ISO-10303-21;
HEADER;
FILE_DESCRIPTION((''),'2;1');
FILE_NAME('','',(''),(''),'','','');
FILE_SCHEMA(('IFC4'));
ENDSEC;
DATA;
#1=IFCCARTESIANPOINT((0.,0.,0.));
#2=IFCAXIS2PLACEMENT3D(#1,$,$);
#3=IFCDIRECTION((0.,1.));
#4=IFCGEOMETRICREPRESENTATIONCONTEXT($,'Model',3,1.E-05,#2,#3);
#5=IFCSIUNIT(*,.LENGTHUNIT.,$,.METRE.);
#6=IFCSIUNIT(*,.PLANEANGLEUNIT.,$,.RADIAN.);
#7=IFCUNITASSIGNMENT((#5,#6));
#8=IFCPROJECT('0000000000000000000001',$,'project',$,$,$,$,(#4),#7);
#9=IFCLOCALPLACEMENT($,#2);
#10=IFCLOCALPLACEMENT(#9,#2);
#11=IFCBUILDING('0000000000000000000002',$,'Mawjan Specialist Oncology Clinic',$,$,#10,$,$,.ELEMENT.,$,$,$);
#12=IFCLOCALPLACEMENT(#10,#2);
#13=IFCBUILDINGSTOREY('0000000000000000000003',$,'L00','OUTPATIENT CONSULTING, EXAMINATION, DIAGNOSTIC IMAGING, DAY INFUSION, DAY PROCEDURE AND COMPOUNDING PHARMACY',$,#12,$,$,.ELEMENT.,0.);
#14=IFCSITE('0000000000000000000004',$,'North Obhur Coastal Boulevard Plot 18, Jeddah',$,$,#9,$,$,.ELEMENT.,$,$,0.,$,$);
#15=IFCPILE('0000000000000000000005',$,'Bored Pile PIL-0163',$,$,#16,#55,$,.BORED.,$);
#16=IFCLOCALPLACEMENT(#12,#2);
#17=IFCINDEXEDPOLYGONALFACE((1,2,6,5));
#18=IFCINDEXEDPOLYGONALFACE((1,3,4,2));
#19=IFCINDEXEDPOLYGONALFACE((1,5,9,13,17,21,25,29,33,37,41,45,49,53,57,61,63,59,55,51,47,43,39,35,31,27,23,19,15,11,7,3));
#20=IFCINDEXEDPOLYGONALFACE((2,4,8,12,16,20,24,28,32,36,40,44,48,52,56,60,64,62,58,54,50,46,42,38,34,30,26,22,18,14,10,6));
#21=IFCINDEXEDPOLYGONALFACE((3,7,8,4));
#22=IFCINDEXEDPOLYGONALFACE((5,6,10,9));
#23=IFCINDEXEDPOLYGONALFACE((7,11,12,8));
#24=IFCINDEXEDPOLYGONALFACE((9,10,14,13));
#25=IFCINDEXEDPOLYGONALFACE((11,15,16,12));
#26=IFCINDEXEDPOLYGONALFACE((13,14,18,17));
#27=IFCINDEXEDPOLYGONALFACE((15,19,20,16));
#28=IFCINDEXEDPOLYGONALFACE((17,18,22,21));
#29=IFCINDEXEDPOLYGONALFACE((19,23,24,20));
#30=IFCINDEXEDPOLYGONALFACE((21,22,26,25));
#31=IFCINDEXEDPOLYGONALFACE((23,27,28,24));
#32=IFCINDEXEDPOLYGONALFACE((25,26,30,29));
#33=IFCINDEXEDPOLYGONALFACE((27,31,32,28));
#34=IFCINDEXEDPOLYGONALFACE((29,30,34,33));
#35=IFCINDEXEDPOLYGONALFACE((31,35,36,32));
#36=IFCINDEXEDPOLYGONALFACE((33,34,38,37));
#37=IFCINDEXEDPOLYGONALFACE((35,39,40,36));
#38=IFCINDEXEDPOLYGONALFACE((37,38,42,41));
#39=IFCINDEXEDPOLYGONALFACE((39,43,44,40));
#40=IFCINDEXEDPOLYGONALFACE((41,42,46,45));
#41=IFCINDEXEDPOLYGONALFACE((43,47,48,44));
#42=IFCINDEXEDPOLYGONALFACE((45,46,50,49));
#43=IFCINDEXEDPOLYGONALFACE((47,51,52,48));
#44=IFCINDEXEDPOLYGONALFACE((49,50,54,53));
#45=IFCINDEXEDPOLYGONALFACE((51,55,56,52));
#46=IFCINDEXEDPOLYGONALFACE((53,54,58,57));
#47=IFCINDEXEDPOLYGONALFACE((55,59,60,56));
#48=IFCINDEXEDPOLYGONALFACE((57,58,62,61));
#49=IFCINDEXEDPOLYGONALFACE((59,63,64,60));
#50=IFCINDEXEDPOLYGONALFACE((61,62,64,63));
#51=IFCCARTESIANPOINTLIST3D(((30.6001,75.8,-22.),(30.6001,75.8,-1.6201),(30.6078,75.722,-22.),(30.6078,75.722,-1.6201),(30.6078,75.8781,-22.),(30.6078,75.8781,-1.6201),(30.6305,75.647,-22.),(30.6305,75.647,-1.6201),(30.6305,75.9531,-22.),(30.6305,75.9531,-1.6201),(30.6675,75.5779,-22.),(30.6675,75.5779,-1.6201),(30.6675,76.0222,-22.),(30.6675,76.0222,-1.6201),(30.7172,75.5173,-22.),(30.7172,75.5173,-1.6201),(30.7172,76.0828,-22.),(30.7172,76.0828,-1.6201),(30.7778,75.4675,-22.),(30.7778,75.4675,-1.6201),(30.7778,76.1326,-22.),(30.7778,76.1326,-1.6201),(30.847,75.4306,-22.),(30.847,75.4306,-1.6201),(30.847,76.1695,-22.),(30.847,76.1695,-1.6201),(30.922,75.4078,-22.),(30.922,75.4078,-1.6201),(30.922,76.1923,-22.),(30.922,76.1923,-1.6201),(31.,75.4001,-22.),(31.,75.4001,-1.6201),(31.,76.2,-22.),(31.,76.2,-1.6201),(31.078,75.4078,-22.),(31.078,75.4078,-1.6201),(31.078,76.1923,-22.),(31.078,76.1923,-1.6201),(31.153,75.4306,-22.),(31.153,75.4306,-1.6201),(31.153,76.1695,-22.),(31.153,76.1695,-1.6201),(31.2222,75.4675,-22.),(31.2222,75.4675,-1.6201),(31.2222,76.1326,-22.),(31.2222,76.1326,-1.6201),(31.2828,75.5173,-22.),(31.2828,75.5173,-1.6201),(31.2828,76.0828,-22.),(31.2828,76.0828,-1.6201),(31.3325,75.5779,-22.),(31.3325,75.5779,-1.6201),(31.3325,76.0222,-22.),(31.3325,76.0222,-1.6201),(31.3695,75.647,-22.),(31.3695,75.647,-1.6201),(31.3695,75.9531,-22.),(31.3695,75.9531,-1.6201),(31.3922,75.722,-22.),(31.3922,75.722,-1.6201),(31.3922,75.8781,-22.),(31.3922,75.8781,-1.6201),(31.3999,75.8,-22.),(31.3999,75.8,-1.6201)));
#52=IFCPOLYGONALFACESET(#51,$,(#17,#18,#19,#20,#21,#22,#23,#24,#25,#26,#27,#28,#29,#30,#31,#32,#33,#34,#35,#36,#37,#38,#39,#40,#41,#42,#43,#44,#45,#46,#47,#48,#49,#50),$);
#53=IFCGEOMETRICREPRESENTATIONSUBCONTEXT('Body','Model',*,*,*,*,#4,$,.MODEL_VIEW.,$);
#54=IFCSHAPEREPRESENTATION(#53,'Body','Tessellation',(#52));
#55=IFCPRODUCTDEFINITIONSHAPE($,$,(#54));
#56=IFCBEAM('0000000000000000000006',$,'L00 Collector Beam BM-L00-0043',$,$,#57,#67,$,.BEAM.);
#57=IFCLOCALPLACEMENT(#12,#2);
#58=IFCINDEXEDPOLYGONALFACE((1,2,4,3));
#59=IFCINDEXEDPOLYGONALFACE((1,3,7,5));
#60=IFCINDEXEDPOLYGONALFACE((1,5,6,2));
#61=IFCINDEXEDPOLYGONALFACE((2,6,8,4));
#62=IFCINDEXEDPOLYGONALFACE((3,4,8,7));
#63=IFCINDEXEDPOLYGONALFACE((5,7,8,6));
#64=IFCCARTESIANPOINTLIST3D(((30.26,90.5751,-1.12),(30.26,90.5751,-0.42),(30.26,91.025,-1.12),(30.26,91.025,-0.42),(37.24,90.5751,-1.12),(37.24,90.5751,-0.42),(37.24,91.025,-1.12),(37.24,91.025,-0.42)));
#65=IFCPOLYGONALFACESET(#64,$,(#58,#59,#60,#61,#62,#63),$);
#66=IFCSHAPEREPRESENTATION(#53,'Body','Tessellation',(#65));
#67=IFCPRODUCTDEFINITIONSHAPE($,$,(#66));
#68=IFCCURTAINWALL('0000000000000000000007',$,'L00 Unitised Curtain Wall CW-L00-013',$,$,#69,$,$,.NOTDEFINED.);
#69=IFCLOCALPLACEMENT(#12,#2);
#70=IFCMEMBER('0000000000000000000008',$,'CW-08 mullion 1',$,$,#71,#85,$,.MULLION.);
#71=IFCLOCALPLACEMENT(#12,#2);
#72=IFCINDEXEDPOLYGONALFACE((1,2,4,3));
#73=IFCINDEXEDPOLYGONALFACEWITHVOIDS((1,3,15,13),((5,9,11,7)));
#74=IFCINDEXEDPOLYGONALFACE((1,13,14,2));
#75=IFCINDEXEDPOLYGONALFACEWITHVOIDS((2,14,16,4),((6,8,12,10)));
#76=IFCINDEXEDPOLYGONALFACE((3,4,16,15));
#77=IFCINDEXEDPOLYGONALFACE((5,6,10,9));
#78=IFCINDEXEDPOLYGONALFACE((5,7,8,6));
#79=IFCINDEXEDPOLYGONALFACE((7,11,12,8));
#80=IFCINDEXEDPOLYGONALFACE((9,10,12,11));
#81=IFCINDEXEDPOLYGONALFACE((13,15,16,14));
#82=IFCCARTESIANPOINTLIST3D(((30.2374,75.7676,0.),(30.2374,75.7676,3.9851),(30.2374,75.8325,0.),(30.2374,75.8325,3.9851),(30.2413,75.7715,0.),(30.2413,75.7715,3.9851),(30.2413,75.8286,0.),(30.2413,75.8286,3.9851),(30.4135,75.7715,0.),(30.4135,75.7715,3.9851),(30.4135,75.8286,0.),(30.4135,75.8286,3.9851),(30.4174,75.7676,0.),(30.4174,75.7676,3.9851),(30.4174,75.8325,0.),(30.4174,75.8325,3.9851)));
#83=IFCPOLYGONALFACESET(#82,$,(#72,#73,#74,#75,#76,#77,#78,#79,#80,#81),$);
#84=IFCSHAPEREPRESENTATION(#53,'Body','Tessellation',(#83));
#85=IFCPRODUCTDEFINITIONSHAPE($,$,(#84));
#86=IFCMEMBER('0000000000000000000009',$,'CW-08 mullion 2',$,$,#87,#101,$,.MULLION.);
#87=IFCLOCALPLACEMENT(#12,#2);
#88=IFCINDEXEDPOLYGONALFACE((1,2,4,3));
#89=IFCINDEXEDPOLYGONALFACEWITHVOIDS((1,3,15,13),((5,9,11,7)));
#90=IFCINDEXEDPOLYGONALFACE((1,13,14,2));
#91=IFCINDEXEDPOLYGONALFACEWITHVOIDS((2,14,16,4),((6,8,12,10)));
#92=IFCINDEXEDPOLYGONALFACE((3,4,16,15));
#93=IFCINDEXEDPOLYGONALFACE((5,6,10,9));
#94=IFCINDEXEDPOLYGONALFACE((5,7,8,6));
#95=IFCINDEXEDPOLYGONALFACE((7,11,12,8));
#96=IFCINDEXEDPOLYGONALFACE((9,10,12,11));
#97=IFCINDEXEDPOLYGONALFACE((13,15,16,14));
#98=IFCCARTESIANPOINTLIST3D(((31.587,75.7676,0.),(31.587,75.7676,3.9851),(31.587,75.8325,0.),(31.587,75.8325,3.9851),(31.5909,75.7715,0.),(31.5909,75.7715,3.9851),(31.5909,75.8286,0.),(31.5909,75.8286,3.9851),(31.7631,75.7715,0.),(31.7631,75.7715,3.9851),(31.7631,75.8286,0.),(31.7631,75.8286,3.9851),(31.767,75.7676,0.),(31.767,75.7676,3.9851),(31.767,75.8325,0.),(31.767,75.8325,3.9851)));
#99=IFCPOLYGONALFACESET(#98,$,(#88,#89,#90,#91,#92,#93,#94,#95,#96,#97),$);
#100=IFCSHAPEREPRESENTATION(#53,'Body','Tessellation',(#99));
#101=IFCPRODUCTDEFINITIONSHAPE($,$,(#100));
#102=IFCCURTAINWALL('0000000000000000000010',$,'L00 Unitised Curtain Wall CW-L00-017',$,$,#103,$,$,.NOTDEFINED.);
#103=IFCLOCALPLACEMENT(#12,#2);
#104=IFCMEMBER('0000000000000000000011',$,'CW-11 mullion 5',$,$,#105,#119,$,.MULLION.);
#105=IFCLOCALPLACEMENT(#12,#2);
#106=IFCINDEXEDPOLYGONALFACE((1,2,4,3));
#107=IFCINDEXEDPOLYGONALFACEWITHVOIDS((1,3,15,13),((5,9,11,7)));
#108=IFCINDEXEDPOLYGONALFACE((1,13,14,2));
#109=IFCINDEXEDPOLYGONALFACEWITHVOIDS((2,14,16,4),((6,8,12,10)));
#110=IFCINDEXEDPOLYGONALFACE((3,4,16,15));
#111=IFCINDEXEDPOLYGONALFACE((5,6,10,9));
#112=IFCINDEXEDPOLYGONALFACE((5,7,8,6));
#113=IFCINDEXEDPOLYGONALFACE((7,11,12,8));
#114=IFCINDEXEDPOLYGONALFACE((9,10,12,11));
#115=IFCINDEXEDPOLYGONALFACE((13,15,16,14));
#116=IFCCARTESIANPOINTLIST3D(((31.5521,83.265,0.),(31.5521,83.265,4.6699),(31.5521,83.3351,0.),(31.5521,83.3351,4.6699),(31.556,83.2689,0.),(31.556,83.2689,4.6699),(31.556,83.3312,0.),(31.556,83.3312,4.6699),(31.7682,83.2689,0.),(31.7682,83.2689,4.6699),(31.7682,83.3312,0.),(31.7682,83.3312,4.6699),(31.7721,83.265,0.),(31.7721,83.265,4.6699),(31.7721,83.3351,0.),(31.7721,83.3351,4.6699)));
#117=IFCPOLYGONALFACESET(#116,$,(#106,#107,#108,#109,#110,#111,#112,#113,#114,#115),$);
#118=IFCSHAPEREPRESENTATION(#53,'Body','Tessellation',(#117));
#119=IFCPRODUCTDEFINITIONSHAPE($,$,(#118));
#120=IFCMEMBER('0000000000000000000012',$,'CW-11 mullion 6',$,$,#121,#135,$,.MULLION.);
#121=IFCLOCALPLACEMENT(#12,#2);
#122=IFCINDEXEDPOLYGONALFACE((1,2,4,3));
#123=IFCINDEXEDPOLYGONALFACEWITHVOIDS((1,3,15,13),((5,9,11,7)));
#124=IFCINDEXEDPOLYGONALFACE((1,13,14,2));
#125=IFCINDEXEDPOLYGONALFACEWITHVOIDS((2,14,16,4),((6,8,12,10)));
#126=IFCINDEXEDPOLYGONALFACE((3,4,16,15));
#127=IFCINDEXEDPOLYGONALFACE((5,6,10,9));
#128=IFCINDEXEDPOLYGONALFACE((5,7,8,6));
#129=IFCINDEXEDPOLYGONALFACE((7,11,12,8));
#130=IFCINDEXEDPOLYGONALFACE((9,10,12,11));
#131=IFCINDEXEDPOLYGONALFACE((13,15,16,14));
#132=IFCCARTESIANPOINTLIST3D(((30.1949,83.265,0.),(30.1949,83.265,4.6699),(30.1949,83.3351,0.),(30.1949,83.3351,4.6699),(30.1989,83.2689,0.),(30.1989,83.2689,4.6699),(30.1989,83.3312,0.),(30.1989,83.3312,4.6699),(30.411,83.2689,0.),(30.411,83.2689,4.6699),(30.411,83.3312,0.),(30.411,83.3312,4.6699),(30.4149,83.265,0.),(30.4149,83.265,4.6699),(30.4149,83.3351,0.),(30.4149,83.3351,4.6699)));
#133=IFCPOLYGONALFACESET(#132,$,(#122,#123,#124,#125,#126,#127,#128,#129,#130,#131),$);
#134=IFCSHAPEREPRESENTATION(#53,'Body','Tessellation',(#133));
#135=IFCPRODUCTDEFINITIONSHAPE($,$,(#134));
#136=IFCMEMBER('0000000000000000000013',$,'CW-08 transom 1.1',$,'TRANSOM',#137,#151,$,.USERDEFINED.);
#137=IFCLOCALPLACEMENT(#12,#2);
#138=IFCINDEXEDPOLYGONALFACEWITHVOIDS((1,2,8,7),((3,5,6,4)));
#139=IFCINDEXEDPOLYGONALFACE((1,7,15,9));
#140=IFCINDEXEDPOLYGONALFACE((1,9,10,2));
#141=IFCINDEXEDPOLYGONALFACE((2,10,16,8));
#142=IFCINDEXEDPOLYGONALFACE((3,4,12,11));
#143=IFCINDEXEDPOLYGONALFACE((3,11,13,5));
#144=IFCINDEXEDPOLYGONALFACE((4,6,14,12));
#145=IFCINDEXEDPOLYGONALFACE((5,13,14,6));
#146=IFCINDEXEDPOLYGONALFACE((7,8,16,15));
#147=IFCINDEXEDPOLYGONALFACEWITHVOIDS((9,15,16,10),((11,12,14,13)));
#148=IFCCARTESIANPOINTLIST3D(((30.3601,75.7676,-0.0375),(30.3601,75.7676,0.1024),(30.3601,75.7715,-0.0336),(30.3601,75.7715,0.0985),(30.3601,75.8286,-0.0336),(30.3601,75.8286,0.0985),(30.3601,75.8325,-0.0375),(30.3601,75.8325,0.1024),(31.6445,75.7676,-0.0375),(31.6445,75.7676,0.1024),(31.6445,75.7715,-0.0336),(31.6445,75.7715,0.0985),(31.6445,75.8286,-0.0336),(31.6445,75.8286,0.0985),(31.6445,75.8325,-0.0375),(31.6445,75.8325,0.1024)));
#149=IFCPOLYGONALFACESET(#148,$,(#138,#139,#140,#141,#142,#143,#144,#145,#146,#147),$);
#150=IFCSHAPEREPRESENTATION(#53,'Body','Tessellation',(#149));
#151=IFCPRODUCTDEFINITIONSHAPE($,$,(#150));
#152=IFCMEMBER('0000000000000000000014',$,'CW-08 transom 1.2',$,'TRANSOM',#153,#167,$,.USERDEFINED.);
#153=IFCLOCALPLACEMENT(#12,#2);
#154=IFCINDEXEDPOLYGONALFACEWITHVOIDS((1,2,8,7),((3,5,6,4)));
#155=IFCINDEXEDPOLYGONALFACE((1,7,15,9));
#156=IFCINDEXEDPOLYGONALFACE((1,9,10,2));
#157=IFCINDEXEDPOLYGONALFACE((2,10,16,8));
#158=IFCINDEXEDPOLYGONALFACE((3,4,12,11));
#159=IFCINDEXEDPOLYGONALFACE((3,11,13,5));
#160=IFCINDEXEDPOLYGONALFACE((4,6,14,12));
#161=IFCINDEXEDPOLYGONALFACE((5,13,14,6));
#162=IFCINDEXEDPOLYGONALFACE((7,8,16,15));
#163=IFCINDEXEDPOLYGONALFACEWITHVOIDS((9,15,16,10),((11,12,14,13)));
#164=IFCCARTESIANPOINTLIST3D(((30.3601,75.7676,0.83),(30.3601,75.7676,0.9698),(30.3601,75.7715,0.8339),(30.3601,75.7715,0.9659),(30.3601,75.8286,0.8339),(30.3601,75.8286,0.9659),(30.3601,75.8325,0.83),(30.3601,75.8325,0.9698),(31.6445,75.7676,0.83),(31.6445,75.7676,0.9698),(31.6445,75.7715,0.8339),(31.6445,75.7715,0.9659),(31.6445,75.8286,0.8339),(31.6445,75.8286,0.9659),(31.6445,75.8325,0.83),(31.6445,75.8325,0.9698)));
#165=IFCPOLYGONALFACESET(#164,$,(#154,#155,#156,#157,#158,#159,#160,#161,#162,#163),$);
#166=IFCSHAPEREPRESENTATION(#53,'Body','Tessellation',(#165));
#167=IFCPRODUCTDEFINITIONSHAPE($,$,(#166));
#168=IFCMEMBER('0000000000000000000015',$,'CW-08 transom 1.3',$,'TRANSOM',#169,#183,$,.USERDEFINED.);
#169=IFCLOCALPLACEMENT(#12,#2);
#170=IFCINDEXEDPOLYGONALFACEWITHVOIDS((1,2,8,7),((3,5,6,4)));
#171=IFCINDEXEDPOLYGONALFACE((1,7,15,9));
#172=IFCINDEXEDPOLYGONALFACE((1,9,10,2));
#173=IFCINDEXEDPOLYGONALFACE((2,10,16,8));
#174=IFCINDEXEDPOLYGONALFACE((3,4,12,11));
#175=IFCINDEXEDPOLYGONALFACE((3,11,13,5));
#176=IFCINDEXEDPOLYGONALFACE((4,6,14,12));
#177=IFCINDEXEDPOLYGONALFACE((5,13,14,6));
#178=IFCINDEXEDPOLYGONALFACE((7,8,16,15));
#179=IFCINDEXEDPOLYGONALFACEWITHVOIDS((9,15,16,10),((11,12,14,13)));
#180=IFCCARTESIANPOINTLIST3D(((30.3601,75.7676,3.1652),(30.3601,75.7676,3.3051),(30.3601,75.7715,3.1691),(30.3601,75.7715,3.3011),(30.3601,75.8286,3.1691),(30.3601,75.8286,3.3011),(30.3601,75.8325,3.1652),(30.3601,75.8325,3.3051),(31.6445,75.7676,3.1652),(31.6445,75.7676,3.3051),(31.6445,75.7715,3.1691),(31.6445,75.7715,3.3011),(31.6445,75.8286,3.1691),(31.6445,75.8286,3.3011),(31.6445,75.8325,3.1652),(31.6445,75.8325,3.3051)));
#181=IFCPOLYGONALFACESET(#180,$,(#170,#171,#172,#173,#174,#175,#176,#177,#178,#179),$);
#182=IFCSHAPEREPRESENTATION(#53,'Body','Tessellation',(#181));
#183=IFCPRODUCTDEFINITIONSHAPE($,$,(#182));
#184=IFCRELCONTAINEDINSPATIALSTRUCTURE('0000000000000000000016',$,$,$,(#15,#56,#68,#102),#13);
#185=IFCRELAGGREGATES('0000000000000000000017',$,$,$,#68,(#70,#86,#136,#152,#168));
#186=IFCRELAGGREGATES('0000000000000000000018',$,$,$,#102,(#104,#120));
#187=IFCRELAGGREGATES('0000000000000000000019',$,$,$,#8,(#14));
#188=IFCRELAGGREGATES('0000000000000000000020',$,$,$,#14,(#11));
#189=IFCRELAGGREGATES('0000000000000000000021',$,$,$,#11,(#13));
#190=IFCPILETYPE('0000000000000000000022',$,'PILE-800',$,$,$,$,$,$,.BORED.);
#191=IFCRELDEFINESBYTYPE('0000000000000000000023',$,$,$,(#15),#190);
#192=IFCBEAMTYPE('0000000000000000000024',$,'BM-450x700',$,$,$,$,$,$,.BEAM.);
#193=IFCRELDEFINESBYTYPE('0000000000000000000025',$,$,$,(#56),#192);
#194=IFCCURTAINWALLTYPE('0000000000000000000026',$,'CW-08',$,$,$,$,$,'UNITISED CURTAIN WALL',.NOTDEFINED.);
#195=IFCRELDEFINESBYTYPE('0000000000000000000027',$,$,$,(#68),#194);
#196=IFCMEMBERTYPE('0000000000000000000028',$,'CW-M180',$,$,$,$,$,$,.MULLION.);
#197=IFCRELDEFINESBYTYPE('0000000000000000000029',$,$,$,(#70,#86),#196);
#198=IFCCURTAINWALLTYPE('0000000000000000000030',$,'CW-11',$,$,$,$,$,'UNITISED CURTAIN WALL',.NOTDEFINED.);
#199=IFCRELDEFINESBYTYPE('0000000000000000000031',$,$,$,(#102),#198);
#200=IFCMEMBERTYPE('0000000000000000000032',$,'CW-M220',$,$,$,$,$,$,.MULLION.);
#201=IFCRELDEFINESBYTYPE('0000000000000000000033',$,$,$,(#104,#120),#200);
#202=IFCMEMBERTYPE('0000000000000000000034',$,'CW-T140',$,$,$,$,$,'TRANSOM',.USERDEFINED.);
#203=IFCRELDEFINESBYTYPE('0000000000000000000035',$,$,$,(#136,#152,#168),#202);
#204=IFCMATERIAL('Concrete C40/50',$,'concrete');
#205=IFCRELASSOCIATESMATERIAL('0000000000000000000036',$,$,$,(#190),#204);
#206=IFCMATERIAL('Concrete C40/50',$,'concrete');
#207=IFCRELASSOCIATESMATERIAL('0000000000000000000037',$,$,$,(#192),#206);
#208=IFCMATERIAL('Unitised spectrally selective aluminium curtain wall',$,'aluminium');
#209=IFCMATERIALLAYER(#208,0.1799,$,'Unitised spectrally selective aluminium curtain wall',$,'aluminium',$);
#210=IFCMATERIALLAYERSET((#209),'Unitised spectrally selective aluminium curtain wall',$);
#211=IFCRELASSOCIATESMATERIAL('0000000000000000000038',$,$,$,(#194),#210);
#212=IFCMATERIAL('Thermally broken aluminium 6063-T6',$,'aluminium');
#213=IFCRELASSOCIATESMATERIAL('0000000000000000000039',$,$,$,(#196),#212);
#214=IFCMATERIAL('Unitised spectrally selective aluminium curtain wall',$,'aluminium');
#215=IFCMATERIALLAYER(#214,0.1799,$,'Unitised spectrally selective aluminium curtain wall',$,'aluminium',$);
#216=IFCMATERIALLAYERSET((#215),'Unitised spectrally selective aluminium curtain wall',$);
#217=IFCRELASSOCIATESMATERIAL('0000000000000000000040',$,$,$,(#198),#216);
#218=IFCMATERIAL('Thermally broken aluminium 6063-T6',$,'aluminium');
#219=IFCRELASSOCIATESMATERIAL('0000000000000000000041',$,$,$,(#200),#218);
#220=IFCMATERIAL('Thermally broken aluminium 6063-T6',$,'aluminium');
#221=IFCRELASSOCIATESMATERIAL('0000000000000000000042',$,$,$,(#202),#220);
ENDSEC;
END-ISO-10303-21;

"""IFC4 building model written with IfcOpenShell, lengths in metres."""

from ifc_helpers import new_model, si_unit, direction, frame, origin, origin_2d, place, context, subcontext, project, spatial, rectangle, hollow_rectangle, circle, extrude, material, layer, layer_set, material_profile, profile_set, type_object, element, aggregate, save


model = new_model("IFC4")

# Units and contexts
model_context = context("Model", 3, precision=1e-05, world=origin(), true_north=direction((0.0, 1.0)))
body_context = subcontext(model_context, "Body", "Model", "MODEL_VIEW")
ifc_project = project(units=[si_unit("LENGTHUNIT", "METRE"), si_unit("PLANEANGLEUNIT", "RADIAN")], contexts=[model_context])

# Site, building, storey
site_placement = place(None, origin())
site = spatial("IfcSite", under=ifc_project, at=site_placement, Name="North Obhur Coastal Boulevard Plot 18, Jeddah", CompositionType="ELEMENT", RefElevation=0.0)
building_placement = place(site_placement, origin())
building = spatial("IfcBuilding", under=site, at=building_placement, Name="Mawjan Specialist Oncology Clinic", CompositionType="ELEMENT")
storey_placement = place(building_placement, origin())
storey = spatial("IfcBuildingStorey", under=building, at=storey_placement, Name="L00", Description="OUTPATIENT CONSULTING, EXAMINATION, DIAGNOSTIC IMAGING, DAY INFUSION, DAY PROCEDURE AND COMPOUNDING PHARMACY", CompositionType="ELEMENT", Elevation=0.0)

# Pile
ifc_material_1 = material(Name="Concrete C40/50", Category="concrete")
ifc_material_profile_1 = material_profile(ifc_material_1, circle(Radius=0.3999, at=origin_2d()), Name="BORED PILE D800", Category="concrete")
ifc_profile_set_1 = profile_set([ifc_material_profile_1], Name="Concrete C40/50")
pile_type = type_object("IfcPileType", Name="PILE-800", PredefinedType="BORED", material=ifc_profile_set_1)
pile_placement = place(storey_placement, frame((31.0, 75.8, -1.6201), z_axis=(0.0, 0.0, -1.0), x_axis=(1.0, 0.0, 0.0)))
element("IfcPile", 1, at=pile_placement, inside=storey, type_object=pile_type, Name="Bored Pile PIL-0163", PredefinedType="BORED", context=body_context, shape_type="SweptSolid", body=[
    extrude(circle(Radius=0.3999, at=origin_2d()), origin(), (0.0, 0.0, 1.0), 20.3799),
])

# Beam
ifc_material_2 = material(Name="Concrete C40/50", Category="concrete")
ifc_material_profile_2 = material_profile(ifc_material_2, rectangle(XDim=0.45, YDim=0.7, at=origin_2d()), Name="RC BM 450x700", Category="concrete")
ifc_profile_set_2 = profile_set([ifc_material_profile_2], Name="Concrete C40/50")
beam_type = type_object("IfcBeamType", Name="BM-450x700", PredefinedType="BEAM", material=ifc_profile_set_2)
beam_placement = place(storey_placement, frame((30.26, 90.8, -0.77), z_axis=(1.0, 0.0, 0.0), x_axis=(0.0, 1.0, 0.0)))
element("IfcBeam", 2, at=beam_placement, inside=storey, type_object=beam_type, Name="L00 Collector Beam BM-L00-0043", PredefinedType="BEAM", context=body_context, shape_type="SweptSolid", body=[
    extrude(rectangle(XDim=0.45, YDim=0.7, at=origin_2d()), origin(), (0.0, 0.0, 1.0), 6.98),
])

# Curtain walls, members
ifc_material_3 = material(Name="Unitised spectrally selective aluminium curtain wall", Category="aluminium")
ifc_layer_1 = layer(ifc_material_3, 0.1799, Name="Unitised spectrally selective aluminium curtain wall", Category="aluminium")
ifc_layer_set_1 = layer_set([ifc_layer_1], Name="Unitised spectrally selective aluminium curtain wall")
curtain_wall_type_1 = type_object("IfcCurtainWallType", Name="CW-08", ElementType="UNITISED CURTAIN WALL", PredefinedType="NOTDEFINED", material=ifc_layer_set_1)
curtain_wall_1_placement = place(storey_placement, origin())
curtain_wall_1 = element("IfcCurtainWall", 3, at=curtain_wall_1_placement, inside=storey, type_object=curtain_wall_type_1, Name="L00 Unitised Curtain Wall CW-L00-013", PredefinedType="NOTDEFINED")
ifc_material_4 = material(Name="Thermally broken aluminium 6063-T6", Category="aluminium")
ifc_material_profile_3 = material_profile(ifc_material_4, hollow_rectangle(XDim=0.0649, YDim=0.1799, WallThickness=0.0039, at=origin_2d()), Name="ALU MULLION 180x65x4", Category="aluminium")
ifc_profile_set_3 = profile_set([ifc_material_profile_3], Name="Thermally broken aluminium 6063-T6")
member_type_1 = type_object("IfcMemberType", Name="CW-M180", PredefinedType="MULLION", material=ifc_profile_set_3)
member_1_placement = place(storey_placement, frame((30.3274, 75.8, 0.0), z_axis=(0.0, 0.0, 1.0), x_axis=(0.0, 1.0, 0.0)))
member_1 = element("IfcMember", 4, at=member_1_placement, type_object=member_type_1, Name="CW-08 mullion 1", PredefinedType="MULLION", context=body_context, shape_type="SweptSolid", body=[
    extrude(hollow_rectangle(XDim=0.0649, YDim=0.1799, WallThickness=0.0039, at=origin_2d()), origin(), (0.0, 0.0, 1.0), 3.9851),
])
member_2_placement = place(storey_placement, frame((31.677, 75.8, 0.0), z_axis=(0.0, 0.0, 1.0), x_axis=(0.0, 1.0, 0.0)))
member_2 = element("IfcMember", 5, at=member_2_placement, type_object=member_type_1, Name="CW-08 mullion 2", PredefinedType="MULLION", context=body_context, shape_type="SweptSolid", body=[
    extrude(hollow_rectangle(XDim=0.0649, YDim=0.1799, WallThickness=0.0039, at=origin_2d()), origin(), (0.0, 0.0, 1.0), 3.9851),
])
ifc_material_5 = material(Name="Unitised spectrally selective aluminium curtain wall", Category="aluminium")
ifc_layer_2 = layer(ifc_material_5, 0.1799, Name="Unitised spectrally selective aluminium curtain wall", Category="aluminium")
ifc_layer_set_2 = layer_set([ifc_layer_2], Name="Unitised spectrally selective aluminium curtain wall")
curtain_wall_type_2 = type_object("IfcCurtainWallType", Name="CW-11", ElementType="UNITISED CURTAIN WALL", PredefinedType="NOTDEFINED", material=ifc_layer_set_2)
curtain_wall_2_placement = place(storey_placement, origin())
curtain_wall_2 = element("IfcCurtainWall", 6, at=curtain_wall_2_placement, inside=storey, type_object=curtain_wall_type_2, Name="L00 Unitised Curtain Wall CW-L00-017", PredefinedType="NOTDEFINED")
ifc_material_6 = material(Name="Thermally broken aluminium 6063-T6", Category="aluminium")
ifc_material_profile_4 = material_profile(ifc_material_6, hollow_rectangle(XDim=0.0701, YDim=0.22, WallThickness=0.0039, at=origin_2d()), Name="ALU MULLION 220x70x4", Category="aluminium")
ifc_profile_set_4 = profile_set([ifc_material_profile_4], Name="Thermally broken aluminium 6063-T6")
member_type_2 = type_object("IfcMemberType", Name="CW-M220", PredefinedType="MULLION", material=ifc_profile_set_4)
member_3_placement = place(storey_placement, frame((31.6621, 83.3, 0.0), z_axis=(0.0, 0.0, 1.0), x_axis=(0.0, -1.0, 0.0)))
member_3 = element("IfcMember", 7, at=member_3_placement, type_object=member_type_2, Name="CW-11 mullion 5", PredefinedType="MULLION", context=body_context, shape_type="SweptSolid", body=[
    extrude(hollow_rectangle(XDim=0.0701, YDim=0.22, WallThickness=0.0039, at=origin_2d()), origin(), (0.0, 0.0, 1.0), 4.6699),
])
member_4_placement = place(storey_placement, frame((30.3049, 83.3, 0.0), z_axis=(0.0, 0.0, 1.0), x_axis=(0.0, -1.0, 0.0)))
member_4 = element("IfcMember", 8, at=member_4_placement, type_object=member_type_2, Name="CW-11 mullion 6", PredefinedType="MULLION", context=body_context, shape_type="SweptSolid", body=[
    extrude(hollow_rectangle(XDim=0.0701, YDim=0.22, WallThickness=0.0039, at=origin_2d()), origin(), (0.0, 0.0, 1.0), 4.6699),
])

# Members
ifc_material_7 = material(Name="Thermally broken aluminium 6063-T6", Category="aluminium")
ifc_material_profile_5 = material_profile(ifc_material_7, hollow_rectangle(XDim=0.0649, YDim=0.1399, WallThickness=0.0039, at=origin_2d()), Name="ALU TRANSOM 140x65x4", Category="aluminium")
ifc_profile_set_5 = profile_set([ifc_material_profile_5], Name="Thermally broken aluminium 6063-T6")
member_type_3 = type_object("IfcMemberType", Name="CW-T140", ElementType="TRANSOM", PredefinedType="USERDEFINED", material=ifc_profile_set_5)
member_5_placement = place(storey_placement, frame((30.3601, 75.8, 0.0325), z_axis=(1.0, 0.0, 0.0), x_axis=(0.0, 1.0, 0.0)))
member_5 = element("IfcMember", 9, at=member_5_placement, type_object=member_type_3, Name="CW-08 transom 1.1", ObjectType="TRANSOM", PredefinedType="USERDEFINED", context=body_context, shape_type="SweptSolid", body=[
    extrude(hollow_rectangle(XDim=0.0649, YDim=0.1399, WallThickness=0.0039, at=origin_2d()), origin(), (0.0, 0.0, 1.0), 1.2844),
])
member_6_placement = place(storey_placement, frame((30.3601, 75.8, 0.8999), z_axis=(1.0, 0.0, 0.0), x_axis=(0.0, 1.0, 0.0)))
member_6 = element("IfcMember", 10, at=member_6_placement, type_object=member_type_3, Name="CW-08 transom 1.2", ObjectType="TRANSOM", PredefinedType="USERDEFINED", context=body_context, shape_type="SweptSolid", body=[
    extrude(hollow_rectangle(XDim=0.0649, YDim=0.1399, WallThickness=0.0039, at=origin_2d()), origin(), (0.0, 0.0, 1.0), 1.2844),
])
member_7_placement = place(storey_placement, frame((30.3601, 75.8, 3.2351), z_axis=(1.0, 0.0, 0.0), x_axis=(0.0, 1.0, 0.0)))
member_7 = element("IfcMember", 11, at=member_7_placement, type_object=member_type_3, Name="CW-08 transom 1.3", ObjectType="TRANSOM", PredefinedType="USERDEFINED", context=body_context, shape_type="SweptSolid", body=[
    extrude(hollow_rectangle(XDim=0.0649, YDim=0.1399, WallThickness=0.0039, at=origin_2d()), origin(), (0.0, 0.0, 1.0), 1.2844),
])

aggregate(curtain_wall_1, [member_1, member_2, member_5, member_6, member_7])
aggregate(curtain_wall_2, [member_3, member_4])

save(model, "model.ifc")
